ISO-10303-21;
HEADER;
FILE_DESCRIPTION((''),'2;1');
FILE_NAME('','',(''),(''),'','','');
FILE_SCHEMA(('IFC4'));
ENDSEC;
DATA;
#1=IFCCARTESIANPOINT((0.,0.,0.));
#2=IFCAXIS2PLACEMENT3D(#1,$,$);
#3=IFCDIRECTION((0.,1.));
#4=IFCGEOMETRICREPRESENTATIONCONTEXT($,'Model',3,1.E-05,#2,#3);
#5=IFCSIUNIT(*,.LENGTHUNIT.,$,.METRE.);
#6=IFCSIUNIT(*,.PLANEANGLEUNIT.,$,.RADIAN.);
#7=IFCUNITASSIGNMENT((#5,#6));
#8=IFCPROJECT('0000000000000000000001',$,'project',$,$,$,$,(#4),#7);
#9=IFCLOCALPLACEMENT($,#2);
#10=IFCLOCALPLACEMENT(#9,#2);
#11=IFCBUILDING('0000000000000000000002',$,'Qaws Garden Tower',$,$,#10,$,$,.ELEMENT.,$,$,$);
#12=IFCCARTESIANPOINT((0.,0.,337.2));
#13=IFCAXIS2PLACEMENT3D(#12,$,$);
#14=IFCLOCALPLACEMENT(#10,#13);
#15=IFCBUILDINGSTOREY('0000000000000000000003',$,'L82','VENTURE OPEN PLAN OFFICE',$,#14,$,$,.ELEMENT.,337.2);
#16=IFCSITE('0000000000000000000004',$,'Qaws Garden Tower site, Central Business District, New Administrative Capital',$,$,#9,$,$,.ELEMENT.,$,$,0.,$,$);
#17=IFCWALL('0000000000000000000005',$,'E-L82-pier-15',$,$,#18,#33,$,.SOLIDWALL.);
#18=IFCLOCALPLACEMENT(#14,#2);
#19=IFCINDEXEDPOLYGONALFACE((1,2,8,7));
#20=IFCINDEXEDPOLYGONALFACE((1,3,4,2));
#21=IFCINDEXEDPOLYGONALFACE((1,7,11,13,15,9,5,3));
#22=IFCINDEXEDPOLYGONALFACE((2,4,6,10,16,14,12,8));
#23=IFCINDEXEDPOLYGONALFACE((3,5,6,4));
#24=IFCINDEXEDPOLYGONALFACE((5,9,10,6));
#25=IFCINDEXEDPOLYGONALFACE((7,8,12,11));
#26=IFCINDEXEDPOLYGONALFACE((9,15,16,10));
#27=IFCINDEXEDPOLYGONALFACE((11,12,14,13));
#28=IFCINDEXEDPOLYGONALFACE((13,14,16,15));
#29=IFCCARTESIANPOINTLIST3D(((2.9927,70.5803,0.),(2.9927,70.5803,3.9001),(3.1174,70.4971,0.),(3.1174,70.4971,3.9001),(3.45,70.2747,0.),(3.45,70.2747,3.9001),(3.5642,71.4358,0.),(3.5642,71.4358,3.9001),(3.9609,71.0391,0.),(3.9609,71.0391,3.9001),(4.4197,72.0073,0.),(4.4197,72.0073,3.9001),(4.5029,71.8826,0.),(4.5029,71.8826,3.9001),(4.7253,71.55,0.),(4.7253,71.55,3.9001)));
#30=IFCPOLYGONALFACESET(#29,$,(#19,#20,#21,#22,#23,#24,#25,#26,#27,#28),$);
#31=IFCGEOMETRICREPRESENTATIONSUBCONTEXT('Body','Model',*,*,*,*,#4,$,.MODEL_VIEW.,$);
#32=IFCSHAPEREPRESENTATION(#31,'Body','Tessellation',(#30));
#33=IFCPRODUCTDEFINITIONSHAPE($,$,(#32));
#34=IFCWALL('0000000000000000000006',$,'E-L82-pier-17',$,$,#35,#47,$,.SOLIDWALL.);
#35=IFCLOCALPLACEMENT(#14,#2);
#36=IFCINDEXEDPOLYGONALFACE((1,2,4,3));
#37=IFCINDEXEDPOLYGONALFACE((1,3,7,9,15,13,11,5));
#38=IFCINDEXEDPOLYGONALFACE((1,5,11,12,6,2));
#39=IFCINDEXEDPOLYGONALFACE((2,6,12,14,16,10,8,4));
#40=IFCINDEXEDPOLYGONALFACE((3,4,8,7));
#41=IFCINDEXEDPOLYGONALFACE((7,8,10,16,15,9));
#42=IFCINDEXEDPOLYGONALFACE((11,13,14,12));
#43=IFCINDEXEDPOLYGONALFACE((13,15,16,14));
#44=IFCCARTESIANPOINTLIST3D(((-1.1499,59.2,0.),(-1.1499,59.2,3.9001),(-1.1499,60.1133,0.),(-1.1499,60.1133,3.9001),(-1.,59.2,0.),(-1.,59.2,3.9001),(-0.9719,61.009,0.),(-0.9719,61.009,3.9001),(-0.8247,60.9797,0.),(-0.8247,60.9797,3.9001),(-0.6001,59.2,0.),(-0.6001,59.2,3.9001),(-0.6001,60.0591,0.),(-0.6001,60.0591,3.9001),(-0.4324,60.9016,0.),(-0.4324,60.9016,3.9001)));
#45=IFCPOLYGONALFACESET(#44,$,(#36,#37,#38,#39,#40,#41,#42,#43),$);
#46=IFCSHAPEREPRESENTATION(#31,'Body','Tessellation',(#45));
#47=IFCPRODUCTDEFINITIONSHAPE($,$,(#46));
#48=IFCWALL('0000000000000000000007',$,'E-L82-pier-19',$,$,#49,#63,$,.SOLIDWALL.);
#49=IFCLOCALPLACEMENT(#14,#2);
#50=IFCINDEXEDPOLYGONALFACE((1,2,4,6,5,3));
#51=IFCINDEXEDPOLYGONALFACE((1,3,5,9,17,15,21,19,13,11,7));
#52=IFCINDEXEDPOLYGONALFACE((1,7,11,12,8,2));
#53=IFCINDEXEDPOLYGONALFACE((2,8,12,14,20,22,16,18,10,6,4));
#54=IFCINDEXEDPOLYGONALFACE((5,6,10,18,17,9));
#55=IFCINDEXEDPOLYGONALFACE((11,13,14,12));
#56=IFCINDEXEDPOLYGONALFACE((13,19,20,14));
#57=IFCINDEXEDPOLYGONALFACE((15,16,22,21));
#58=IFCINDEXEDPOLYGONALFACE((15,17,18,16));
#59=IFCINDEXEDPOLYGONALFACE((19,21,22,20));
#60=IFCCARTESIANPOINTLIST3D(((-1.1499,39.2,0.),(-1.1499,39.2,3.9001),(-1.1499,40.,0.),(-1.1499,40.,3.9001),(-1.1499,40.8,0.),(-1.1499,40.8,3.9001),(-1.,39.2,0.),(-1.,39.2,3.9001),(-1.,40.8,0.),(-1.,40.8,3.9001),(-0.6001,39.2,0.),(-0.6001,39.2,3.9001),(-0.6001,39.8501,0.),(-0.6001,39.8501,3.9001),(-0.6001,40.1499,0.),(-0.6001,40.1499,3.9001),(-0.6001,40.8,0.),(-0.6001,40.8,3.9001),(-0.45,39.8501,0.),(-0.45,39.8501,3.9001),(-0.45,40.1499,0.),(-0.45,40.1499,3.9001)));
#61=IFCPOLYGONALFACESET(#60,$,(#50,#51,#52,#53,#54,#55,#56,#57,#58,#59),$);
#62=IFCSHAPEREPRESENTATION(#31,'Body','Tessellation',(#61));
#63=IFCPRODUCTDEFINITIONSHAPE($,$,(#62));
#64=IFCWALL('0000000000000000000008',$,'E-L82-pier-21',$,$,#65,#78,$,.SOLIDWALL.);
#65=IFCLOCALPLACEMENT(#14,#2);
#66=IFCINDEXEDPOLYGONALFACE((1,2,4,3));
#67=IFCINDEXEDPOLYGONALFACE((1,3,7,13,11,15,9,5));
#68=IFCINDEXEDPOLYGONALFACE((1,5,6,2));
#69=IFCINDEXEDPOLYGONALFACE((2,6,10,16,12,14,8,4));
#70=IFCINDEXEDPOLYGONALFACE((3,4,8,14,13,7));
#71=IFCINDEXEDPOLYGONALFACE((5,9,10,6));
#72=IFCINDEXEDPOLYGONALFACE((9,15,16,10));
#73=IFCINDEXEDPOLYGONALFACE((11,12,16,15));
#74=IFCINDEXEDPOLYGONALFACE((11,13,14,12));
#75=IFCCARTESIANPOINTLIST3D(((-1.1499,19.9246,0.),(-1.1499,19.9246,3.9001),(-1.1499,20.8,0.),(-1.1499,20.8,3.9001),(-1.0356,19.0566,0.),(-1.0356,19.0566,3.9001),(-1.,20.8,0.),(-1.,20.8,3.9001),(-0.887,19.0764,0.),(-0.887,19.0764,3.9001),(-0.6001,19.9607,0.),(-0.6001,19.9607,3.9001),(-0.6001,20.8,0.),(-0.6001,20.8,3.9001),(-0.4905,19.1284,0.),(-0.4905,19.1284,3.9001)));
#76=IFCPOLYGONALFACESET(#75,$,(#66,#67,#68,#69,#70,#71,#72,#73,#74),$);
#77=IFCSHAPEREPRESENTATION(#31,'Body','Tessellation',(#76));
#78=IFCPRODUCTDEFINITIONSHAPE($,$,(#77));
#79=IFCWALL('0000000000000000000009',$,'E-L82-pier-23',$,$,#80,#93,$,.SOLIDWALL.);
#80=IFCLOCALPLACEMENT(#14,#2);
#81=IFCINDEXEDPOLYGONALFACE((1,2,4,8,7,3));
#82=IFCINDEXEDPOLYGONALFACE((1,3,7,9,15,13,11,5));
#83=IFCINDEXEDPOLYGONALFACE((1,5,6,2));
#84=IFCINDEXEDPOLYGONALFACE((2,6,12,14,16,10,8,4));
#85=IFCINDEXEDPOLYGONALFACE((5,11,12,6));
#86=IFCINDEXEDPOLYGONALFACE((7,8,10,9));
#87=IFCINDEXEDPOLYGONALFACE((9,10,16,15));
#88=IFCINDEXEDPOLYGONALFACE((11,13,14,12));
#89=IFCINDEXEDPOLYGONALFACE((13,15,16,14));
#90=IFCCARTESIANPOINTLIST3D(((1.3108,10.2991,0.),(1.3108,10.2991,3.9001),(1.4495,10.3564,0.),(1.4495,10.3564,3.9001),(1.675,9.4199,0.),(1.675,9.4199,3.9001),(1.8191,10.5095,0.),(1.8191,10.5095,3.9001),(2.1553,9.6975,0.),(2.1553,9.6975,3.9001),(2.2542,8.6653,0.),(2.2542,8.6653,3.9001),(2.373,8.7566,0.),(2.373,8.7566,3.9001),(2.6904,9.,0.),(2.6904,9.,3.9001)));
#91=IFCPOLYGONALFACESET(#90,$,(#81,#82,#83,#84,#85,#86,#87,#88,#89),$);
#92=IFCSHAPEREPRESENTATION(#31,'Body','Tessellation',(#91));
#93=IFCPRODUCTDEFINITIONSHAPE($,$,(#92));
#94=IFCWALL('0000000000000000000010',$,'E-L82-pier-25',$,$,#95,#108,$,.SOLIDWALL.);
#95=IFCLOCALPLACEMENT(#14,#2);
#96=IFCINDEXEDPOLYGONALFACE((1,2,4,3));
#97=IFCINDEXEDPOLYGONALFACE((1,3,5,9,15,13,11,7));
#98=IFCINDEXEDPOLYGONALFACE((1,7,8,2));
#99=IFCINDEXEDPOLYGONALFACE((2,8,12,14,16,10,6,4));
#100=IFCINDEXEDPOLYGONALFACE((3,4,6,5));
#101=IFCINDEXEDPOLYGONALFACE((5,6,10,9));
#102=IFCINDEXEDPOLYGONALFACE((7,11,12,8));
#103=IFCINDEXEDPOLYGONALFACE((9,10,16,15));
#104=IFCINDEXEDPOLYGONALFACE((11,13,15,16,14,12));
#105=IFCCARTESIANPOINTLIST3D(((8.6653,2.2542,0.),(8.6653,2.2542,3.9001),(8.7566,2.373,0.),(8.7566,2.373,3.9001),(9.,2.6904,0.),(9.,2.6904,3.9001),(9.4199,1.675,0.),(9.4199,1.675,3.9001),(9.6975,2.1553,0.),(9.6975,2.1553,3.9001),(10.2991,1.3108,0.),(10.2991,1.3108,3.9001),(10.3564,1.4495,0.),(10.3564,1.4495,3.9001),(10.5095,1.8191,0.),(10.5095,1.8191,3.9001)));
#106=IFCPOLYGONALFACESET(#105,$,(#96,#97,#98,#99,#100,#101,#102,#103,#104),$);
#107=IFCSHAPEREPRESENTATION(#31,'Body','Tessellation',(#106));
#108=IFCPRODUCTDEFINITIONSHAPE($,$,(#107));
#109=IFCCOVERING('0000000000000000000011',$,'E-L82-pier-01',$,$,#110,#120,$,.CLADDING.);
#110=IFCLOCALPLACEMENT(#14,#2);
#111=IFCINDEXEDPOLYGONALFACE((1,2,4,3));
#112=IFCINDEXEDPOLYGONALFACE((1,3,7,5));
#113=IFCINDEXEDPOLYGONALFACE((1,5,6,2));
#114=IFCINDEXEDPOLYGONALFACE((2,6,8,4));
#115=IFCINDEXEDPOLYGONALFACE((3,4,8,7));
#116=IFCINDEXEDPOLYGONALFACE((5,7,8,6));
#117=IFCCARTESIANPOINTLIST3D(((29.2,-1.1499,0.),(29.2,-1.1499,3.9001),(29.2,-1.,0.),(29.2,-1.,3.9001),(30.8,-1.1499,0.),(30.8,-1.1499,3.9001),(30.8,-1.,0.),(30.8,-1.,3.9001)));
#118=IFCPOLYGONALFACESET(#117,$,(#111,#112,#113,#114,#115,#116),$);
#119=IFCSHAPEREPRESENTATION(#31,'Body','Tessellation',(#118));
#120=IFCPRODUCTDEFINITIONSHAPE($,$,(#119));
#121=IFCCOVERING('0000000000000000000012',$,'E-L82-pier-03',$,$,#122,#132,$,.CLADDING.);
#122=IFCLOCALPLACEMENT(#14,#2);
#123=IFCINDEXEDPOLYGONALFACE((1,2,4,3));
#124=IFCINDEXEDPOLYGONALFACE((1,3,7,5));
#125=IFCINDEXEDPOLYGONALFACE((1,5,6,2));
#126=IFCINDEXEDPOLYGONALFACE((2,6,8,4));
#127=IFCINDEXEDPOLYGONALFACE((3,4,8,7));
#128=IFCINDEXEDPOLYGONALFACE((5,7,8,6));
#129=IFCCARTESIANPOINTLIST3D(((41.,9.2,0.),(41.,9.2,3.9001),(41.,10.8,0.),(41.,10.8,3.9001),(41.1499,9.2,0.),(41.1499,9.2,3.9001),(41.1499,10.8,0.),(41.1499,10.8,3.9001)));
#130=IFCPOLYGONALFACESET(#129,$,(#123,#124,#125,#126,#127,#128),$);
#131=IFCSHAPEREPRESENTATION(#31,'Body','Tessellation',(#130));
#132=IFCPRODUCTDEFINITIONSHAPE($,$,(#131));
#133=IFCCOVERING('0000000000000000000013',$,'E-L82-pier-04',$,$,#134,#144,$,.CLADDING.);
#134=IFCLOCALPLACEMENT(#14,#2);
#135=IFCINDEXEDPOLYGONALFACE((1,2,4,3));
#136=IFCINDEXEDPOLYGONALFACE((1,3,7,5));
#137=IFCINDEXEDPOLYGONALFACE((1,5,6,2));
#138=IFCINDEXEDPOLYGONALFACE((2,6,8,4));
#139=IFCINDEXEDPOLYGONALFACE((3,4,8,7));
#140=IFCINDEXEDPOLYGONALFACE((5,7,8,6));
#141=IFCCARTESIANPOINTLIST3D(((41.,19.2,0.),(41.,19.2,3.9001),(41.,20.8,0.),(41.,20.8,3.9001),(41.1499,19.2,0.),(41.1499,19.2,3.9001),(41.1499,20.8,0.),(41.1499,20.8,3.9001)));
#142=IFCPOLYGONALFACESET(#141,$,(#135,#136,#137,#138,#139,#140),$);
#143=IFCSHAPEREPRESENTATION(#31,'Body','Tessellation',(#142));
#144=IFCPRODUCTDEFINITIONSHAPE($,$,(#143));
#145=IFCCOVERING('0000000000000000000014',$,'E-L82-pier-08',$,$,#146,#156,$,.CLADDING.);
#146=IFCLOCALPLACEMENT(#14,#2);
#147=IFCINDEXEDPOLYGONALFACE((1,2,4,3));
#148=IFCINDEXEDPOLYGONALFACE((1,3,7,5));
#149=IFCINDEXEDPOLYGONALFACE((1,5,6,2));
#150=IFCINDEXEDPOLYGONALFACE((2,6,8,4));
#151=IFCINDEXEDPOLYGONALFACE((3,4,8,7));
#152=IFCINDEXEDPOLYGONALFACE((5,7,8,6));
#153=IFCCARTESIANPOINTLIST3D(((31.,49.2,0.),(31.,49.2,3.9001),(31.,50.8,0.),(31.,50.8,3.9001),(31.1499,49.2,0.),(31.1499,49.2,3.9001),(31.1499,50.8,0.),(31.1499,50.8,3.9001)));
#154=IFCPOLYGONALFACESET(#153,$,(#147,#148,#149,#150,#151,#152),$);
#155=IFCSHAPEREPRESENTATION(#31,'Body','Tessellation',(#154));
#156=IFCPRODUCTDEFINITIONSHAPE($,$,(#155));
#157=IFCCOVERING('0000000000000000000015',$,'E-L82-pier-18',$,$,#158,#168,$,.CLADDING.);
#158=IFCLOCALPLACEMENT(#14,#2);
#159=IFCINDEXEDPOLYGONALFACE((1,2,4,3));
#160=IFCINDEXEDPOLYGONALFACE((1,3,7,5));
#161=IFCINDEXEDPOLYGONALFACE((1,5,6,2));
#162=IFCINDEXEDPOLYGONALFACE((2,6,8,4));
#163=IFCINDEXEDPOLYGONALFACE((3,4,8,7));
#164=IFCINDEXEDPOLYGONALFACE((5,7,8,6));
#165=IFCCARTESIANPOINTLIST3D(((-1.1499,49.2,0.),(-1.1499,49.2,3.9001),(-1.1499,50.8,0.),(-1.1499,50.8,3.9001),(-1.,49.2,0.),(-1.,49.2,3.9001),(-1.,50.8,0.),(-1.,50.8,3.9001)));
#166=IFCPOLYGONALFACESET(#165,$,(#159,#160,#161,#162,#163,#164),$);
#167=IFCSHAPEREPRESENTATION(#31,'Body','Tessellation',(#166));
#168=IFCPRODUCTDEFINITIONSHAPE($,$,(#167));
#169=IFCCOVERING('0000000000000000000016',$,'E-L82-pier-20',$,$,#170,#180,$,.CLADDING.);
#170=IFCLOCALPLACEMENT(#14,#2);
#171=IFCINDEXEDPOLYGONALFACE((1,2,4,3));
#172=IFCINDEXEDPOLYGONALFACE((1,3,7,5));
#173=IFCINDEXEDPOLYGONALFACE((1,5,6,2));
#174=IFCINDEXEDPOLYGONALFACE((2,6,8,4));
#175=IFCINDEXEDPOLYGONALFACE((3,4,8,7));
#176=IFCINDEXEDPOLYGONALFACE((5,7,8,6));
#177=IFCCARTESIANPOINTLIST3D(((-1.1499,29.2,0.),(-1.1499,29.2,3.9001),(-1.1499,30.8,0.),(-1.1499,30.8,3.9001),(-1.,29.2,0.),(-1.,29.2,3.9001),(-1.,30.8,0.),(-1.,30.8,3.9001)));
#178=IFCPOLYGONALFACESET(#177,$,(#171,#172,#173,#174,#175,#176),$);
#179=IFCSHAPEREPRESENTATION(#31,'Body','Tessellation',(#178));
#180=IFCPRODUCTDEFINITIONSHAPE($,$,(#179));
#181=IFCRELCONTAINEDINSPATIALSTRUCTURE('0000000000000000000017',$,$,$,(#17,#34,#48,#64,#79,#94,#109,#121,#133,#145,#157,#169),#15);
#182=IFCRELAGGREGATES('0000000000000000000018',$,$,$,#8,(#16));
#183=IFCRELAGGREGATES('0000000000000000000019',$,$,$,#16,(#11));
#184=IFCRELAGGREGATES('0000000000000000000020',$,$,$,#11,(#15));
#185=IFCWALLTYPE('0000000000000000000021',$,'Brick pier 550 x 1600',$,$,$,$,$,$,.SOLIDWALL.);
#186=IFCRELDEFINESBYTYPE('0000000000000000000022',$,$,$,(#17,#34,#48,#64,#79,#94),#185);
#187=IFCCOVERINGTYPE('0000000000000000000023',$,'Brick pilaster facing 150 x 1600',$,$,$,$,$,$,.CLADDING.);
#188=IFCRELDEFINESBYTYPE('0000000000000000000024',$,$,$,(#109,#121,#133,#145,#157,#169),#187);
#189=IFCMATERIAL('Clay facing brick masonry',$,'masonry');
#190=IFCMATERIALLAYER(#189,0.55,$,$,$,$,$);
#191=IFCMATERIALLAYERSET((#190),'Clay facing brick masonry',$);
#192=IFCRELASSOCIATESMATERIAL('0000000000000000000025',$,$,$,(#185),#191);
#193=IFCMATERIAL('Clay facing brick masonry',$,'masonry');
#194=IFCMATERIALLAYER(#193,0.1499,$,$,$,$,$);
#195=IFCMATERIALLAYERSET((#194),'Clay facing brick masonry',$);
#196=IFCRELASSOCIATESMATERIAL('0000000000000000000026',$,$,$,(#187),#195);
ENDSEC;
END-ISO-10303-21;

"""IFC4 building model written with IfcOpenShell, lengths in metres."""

from ifc_helpers import new_model, si_unit, direction, frame, origin, place, context, subcontext, project, spatial, polyline, outline, extrude, material, layer, layer_set, type_object, element, save


model = new_model("IFC4")

# Units and contexts
model_context = context("Model", 3, precision=1e-05, world=origin(), true_north=direction((0.0, 1.0)))
body_context = subcontext(model_context, "Body", "Model", "MODEL_VIEW")
ifc_project = project(units=[si_unit("LENGTHUNIT", "METRE"), si_unit("PLANEANGLEUNIT", "RADIAN")], contexts=[model_context])

# Site, building, storey
site_placement = place(None, origin())
site = spatial("IfcSite", under=ifc_project, at=site_placement, Name="Qaws Garden Tower site, Central Business District, New Administrative Capital", CompositionType="ELEMENT", RefElevation=0.0)
building_placement = place(site_placement, origin())
building = spatial("IfcBuilding", under=site, at=building_placement, Name="Qaws Garden Tower", CompositionType="ELEMENT")
storey_placement = place(building_placement, frame((0.0, 0.0, 337.2)))
storey = spatial("IfcBuildingStorey", under=building, at=storey_placement, Name="L82", Description="VENTURE OPEN PLAN OFFICE", CompositionType="ELEMENT", Elevation=337.2)

# Walls
placement = place(storey_placement, origin())
ifc_material_1 = material(Name="Clay facing brick masonry", Category="masonry")
ifc_layer_1 = layer(ifc_material_1, 0.55)
ifc_layer_set_1 = layer_set([ifc_layer_1], Name="Clay facing brick masonry")
wall_type_1 = type_object("IfcWallType", Name="Brick pier 550 x 1600", PredefinedType="SOLIDWALL", material=ifc_layer_set_1)
element("IfcWall", 1, at=placement, inside=storey, type_object=wall_type_1, Name="E-L82-pier-15", PredefinedType="SOLIDWALL", context=body_context, shape_type="SweptSolid", body=[
    extrude(outline(polyline([(4.5029, 71.8826), (4.4197, 72.0073), (3.5642, 71.4358), (2.9927, 70.5803), (3.1174, 70.4971), (3.45, 70.2747), (3.9609, 71.0391), (4.7253, 71.55), (4.5029, 71.8826)])), origin(), (0.0, 0.0, 1.0), 3.9001),
])
element("IfcWall", 2, at=placement, inside=storey, type_object=wall_type_1, Name="E-L82-pier-17", PredefinedType="SOLIDWALL", context=body_context, shape_type="SweptSolid", body=[
    extrude(outline(polyline([(-0.8247, 60.9797), (-0.9719, 61.009), (-1.1499, 60.1133), (-1.1499, 59.2), (-1.0, 59.2), (-0.6001, 59.2), (-0.6001, 60.0591), (-0.4324, 60.9016), (-0.8247, 60.9797)])), origin(), (0.0, 0.0, 1.0), 3.9001),
])
element("IfcWall", 3, at=placement, inside=storey, type_object=wall_type_1, Name="E-L82-pier-19", PredefinedType="SOLIDWALL", context=body_context, shape_type="SweptSolid", body=[
    extrude(outline(polyline([(-0.6001, 39.2), (-0.6001, 39.8501), (-0.45, 39.8501), (-0.45, 40.1499), (-0.6001, 40.1499), (-0.6001, 40.8), (-1.0, 40.8), (-1.1499, 40.8), (-1.1499, 40.0), (-1.1499, 39.2), (-1.0, 39.2), (-0.6001, 39.2)])), origin(), (0.0, 0.0, 1.0), 3.9001),
])
element("IfcWall", 4, at=placement, inside=storey, type_object=wall_type_1, Name="E-L82-pier-21", PredefinedType="SOLIDWALL", context=body_context, shape_type="SweptSolid", body=[
    extrude(outline(polyline([(-1.0, 20.8), (-1.1499, 20.8), (-1.1499, 19.9246), (-1.0356, 19.0566), (-0.887, 19.0764), (-0.4905, 19.1284), (-0.6001, 19.9607), (-0.6001, 20.8), (-1.0, 20.8)])), origin(), (0.0, 0.0, 1.0), 3.9001),
])
element("IfcWall", 5, at=placement, inside=storey, type_object=wall_type_1, Name="E-L82-pier-23", PredefinedType="SOLIDWALL", context=body_context, shape_type="SweptSolid", body=[
    extrude(outline(polyline([(1.4495, 10.3564), (1.3108, 10.2991), (1.675, 9.4199), (2.2542, 8.6653), (2.373, 8.7566), (2.6904, 9.0), (2.1553, 9.6975), (1.8191, 10.5095), (1.4495, 10.3564)])), origin(), (0.0, 0.0, 1.0), 3.9001),
])
element("IfcWall", 6, at=placement, inside=storey, type_object=wall_type_1, Name="E-L82-pier-25", PredefinedType="SOLIDWALL", context=body_context, shape_type="SweptSolid", body=[
    extrude(outline(polyline([(8.7566, 2.373), (8.6653, 2.2542), (9.4199, 1.675), (10.2991, 1.3108), (10.3564, 1.4495), (10.5095, 1.8191), (9.6975, 2.1553), (9.0, 2.6904), (8.7566, 2.373)])), origin(), (0.0, 0.0, 1.0), 3.9001),
])

# Coverings
ifc_material_2 = material(Name="Clay facing brick masonry", Category="masonry")
ifc_layer_2 = layer(ifc_material_2, 0.1499)
ifc_layer_set_2 = layer_set([ifc_layer_2], Name="Clay facing brick masonry")
covering_type = type_object("IfcCoveringType", Name="Brick pilaster facing 150 x 1600", PredefinedType="CLADDING", material=ifc_layer_set_2)
element("IfcCovering", 7, at=placement, inside=storey, type_object=covering_type, Name="E-L82-pier-01", PredefinedType="CLADDING", context=body_context, shape_type="SweptSolid", body=[
    extrude(outline(polyline([(29.2, -1.0), (30.8, -1.0), (30.8, -1.1499), (29.2, -1.1499), (29.2, -1.0)])), origin(), (0.0, 0.0, 1.0), 3.9001),
])
element("IfcCovering", 8, at=placement, inside=storey, type_object=covering_type, Name="E-L82-pier-03", PredefinedType="CLADDING", context=body_context, shape_type="SweptSolid", body=[
    extrude(outline(polyline([(41.0, 9.2), (41.0, 10.8), (41.1499, 10.8), (41.1499, 9.2), (41.0, 9.2)])), origin(), (0.0, 0.0, 1.0), 3.9001),
])
element("IfcCovering", 9, at=placement, inside=storey, type_object=covering_type, Name="E-L82-pier-04", PredefinedType="CLADDING", context=body_context, shape_type="SweptSolid", body=[
    extrude(outline(polyline([(41.0, 19.2), (41.0, 20.8), (41.1499, 20.8), (41.1499, 19.2), (41.0, 19.2)])), origin(), (0.0, 0.0, 1.0), 3.9001),
])
element("IfcCovering", 10, at=placement, inside=storey, type_object=covering_type, Name="E-L82-pier-08", PredefinedType="CLADDING", context=body_context, shape_type="SweptSolid", body=[
    extrude(outline(polyline([(31.0, 49.2), (31.0, 50.8), (31.1499, 50.8), (31.1499, 49.2), (31.0, 49.2)])), origin(), (0.0, 0.0, 1.0), 3.9001),
])
element("IfcCovering", 11, at=placement, inside=storey, type_object=covering_type, Name="E-L82-pier-18", PredefinedType="CLADDING", context=body_context, shape_type="SweptSolid", body=[
    extrude(outline(polyline([(-1.0, 50.8), (-1.0, 49.2), (-1.1499, 49.2), (-1.1499, 50.8), (-1.0, 50.8)])), origin(), (0.0, 0.0, 1.0), 3.9001),
])
element("IfcCovering", 12, at=placement, inside=storey, type_object=covering_type, Name="E-L82-pier-20", PredefinedType="CLADDING", context=body_context, shape_type="SweptSolid", body=[
    extrude(outline(polyline([(-1.0, 30.8), (-1.0, 29.2), (-1.1499, 29.2), (-1.1499, 30.8), (-1.0, 30.8)])), origin(), (0.0, 0.0, 1.0), 3.9001),
])

save(model, "model.ifc")
